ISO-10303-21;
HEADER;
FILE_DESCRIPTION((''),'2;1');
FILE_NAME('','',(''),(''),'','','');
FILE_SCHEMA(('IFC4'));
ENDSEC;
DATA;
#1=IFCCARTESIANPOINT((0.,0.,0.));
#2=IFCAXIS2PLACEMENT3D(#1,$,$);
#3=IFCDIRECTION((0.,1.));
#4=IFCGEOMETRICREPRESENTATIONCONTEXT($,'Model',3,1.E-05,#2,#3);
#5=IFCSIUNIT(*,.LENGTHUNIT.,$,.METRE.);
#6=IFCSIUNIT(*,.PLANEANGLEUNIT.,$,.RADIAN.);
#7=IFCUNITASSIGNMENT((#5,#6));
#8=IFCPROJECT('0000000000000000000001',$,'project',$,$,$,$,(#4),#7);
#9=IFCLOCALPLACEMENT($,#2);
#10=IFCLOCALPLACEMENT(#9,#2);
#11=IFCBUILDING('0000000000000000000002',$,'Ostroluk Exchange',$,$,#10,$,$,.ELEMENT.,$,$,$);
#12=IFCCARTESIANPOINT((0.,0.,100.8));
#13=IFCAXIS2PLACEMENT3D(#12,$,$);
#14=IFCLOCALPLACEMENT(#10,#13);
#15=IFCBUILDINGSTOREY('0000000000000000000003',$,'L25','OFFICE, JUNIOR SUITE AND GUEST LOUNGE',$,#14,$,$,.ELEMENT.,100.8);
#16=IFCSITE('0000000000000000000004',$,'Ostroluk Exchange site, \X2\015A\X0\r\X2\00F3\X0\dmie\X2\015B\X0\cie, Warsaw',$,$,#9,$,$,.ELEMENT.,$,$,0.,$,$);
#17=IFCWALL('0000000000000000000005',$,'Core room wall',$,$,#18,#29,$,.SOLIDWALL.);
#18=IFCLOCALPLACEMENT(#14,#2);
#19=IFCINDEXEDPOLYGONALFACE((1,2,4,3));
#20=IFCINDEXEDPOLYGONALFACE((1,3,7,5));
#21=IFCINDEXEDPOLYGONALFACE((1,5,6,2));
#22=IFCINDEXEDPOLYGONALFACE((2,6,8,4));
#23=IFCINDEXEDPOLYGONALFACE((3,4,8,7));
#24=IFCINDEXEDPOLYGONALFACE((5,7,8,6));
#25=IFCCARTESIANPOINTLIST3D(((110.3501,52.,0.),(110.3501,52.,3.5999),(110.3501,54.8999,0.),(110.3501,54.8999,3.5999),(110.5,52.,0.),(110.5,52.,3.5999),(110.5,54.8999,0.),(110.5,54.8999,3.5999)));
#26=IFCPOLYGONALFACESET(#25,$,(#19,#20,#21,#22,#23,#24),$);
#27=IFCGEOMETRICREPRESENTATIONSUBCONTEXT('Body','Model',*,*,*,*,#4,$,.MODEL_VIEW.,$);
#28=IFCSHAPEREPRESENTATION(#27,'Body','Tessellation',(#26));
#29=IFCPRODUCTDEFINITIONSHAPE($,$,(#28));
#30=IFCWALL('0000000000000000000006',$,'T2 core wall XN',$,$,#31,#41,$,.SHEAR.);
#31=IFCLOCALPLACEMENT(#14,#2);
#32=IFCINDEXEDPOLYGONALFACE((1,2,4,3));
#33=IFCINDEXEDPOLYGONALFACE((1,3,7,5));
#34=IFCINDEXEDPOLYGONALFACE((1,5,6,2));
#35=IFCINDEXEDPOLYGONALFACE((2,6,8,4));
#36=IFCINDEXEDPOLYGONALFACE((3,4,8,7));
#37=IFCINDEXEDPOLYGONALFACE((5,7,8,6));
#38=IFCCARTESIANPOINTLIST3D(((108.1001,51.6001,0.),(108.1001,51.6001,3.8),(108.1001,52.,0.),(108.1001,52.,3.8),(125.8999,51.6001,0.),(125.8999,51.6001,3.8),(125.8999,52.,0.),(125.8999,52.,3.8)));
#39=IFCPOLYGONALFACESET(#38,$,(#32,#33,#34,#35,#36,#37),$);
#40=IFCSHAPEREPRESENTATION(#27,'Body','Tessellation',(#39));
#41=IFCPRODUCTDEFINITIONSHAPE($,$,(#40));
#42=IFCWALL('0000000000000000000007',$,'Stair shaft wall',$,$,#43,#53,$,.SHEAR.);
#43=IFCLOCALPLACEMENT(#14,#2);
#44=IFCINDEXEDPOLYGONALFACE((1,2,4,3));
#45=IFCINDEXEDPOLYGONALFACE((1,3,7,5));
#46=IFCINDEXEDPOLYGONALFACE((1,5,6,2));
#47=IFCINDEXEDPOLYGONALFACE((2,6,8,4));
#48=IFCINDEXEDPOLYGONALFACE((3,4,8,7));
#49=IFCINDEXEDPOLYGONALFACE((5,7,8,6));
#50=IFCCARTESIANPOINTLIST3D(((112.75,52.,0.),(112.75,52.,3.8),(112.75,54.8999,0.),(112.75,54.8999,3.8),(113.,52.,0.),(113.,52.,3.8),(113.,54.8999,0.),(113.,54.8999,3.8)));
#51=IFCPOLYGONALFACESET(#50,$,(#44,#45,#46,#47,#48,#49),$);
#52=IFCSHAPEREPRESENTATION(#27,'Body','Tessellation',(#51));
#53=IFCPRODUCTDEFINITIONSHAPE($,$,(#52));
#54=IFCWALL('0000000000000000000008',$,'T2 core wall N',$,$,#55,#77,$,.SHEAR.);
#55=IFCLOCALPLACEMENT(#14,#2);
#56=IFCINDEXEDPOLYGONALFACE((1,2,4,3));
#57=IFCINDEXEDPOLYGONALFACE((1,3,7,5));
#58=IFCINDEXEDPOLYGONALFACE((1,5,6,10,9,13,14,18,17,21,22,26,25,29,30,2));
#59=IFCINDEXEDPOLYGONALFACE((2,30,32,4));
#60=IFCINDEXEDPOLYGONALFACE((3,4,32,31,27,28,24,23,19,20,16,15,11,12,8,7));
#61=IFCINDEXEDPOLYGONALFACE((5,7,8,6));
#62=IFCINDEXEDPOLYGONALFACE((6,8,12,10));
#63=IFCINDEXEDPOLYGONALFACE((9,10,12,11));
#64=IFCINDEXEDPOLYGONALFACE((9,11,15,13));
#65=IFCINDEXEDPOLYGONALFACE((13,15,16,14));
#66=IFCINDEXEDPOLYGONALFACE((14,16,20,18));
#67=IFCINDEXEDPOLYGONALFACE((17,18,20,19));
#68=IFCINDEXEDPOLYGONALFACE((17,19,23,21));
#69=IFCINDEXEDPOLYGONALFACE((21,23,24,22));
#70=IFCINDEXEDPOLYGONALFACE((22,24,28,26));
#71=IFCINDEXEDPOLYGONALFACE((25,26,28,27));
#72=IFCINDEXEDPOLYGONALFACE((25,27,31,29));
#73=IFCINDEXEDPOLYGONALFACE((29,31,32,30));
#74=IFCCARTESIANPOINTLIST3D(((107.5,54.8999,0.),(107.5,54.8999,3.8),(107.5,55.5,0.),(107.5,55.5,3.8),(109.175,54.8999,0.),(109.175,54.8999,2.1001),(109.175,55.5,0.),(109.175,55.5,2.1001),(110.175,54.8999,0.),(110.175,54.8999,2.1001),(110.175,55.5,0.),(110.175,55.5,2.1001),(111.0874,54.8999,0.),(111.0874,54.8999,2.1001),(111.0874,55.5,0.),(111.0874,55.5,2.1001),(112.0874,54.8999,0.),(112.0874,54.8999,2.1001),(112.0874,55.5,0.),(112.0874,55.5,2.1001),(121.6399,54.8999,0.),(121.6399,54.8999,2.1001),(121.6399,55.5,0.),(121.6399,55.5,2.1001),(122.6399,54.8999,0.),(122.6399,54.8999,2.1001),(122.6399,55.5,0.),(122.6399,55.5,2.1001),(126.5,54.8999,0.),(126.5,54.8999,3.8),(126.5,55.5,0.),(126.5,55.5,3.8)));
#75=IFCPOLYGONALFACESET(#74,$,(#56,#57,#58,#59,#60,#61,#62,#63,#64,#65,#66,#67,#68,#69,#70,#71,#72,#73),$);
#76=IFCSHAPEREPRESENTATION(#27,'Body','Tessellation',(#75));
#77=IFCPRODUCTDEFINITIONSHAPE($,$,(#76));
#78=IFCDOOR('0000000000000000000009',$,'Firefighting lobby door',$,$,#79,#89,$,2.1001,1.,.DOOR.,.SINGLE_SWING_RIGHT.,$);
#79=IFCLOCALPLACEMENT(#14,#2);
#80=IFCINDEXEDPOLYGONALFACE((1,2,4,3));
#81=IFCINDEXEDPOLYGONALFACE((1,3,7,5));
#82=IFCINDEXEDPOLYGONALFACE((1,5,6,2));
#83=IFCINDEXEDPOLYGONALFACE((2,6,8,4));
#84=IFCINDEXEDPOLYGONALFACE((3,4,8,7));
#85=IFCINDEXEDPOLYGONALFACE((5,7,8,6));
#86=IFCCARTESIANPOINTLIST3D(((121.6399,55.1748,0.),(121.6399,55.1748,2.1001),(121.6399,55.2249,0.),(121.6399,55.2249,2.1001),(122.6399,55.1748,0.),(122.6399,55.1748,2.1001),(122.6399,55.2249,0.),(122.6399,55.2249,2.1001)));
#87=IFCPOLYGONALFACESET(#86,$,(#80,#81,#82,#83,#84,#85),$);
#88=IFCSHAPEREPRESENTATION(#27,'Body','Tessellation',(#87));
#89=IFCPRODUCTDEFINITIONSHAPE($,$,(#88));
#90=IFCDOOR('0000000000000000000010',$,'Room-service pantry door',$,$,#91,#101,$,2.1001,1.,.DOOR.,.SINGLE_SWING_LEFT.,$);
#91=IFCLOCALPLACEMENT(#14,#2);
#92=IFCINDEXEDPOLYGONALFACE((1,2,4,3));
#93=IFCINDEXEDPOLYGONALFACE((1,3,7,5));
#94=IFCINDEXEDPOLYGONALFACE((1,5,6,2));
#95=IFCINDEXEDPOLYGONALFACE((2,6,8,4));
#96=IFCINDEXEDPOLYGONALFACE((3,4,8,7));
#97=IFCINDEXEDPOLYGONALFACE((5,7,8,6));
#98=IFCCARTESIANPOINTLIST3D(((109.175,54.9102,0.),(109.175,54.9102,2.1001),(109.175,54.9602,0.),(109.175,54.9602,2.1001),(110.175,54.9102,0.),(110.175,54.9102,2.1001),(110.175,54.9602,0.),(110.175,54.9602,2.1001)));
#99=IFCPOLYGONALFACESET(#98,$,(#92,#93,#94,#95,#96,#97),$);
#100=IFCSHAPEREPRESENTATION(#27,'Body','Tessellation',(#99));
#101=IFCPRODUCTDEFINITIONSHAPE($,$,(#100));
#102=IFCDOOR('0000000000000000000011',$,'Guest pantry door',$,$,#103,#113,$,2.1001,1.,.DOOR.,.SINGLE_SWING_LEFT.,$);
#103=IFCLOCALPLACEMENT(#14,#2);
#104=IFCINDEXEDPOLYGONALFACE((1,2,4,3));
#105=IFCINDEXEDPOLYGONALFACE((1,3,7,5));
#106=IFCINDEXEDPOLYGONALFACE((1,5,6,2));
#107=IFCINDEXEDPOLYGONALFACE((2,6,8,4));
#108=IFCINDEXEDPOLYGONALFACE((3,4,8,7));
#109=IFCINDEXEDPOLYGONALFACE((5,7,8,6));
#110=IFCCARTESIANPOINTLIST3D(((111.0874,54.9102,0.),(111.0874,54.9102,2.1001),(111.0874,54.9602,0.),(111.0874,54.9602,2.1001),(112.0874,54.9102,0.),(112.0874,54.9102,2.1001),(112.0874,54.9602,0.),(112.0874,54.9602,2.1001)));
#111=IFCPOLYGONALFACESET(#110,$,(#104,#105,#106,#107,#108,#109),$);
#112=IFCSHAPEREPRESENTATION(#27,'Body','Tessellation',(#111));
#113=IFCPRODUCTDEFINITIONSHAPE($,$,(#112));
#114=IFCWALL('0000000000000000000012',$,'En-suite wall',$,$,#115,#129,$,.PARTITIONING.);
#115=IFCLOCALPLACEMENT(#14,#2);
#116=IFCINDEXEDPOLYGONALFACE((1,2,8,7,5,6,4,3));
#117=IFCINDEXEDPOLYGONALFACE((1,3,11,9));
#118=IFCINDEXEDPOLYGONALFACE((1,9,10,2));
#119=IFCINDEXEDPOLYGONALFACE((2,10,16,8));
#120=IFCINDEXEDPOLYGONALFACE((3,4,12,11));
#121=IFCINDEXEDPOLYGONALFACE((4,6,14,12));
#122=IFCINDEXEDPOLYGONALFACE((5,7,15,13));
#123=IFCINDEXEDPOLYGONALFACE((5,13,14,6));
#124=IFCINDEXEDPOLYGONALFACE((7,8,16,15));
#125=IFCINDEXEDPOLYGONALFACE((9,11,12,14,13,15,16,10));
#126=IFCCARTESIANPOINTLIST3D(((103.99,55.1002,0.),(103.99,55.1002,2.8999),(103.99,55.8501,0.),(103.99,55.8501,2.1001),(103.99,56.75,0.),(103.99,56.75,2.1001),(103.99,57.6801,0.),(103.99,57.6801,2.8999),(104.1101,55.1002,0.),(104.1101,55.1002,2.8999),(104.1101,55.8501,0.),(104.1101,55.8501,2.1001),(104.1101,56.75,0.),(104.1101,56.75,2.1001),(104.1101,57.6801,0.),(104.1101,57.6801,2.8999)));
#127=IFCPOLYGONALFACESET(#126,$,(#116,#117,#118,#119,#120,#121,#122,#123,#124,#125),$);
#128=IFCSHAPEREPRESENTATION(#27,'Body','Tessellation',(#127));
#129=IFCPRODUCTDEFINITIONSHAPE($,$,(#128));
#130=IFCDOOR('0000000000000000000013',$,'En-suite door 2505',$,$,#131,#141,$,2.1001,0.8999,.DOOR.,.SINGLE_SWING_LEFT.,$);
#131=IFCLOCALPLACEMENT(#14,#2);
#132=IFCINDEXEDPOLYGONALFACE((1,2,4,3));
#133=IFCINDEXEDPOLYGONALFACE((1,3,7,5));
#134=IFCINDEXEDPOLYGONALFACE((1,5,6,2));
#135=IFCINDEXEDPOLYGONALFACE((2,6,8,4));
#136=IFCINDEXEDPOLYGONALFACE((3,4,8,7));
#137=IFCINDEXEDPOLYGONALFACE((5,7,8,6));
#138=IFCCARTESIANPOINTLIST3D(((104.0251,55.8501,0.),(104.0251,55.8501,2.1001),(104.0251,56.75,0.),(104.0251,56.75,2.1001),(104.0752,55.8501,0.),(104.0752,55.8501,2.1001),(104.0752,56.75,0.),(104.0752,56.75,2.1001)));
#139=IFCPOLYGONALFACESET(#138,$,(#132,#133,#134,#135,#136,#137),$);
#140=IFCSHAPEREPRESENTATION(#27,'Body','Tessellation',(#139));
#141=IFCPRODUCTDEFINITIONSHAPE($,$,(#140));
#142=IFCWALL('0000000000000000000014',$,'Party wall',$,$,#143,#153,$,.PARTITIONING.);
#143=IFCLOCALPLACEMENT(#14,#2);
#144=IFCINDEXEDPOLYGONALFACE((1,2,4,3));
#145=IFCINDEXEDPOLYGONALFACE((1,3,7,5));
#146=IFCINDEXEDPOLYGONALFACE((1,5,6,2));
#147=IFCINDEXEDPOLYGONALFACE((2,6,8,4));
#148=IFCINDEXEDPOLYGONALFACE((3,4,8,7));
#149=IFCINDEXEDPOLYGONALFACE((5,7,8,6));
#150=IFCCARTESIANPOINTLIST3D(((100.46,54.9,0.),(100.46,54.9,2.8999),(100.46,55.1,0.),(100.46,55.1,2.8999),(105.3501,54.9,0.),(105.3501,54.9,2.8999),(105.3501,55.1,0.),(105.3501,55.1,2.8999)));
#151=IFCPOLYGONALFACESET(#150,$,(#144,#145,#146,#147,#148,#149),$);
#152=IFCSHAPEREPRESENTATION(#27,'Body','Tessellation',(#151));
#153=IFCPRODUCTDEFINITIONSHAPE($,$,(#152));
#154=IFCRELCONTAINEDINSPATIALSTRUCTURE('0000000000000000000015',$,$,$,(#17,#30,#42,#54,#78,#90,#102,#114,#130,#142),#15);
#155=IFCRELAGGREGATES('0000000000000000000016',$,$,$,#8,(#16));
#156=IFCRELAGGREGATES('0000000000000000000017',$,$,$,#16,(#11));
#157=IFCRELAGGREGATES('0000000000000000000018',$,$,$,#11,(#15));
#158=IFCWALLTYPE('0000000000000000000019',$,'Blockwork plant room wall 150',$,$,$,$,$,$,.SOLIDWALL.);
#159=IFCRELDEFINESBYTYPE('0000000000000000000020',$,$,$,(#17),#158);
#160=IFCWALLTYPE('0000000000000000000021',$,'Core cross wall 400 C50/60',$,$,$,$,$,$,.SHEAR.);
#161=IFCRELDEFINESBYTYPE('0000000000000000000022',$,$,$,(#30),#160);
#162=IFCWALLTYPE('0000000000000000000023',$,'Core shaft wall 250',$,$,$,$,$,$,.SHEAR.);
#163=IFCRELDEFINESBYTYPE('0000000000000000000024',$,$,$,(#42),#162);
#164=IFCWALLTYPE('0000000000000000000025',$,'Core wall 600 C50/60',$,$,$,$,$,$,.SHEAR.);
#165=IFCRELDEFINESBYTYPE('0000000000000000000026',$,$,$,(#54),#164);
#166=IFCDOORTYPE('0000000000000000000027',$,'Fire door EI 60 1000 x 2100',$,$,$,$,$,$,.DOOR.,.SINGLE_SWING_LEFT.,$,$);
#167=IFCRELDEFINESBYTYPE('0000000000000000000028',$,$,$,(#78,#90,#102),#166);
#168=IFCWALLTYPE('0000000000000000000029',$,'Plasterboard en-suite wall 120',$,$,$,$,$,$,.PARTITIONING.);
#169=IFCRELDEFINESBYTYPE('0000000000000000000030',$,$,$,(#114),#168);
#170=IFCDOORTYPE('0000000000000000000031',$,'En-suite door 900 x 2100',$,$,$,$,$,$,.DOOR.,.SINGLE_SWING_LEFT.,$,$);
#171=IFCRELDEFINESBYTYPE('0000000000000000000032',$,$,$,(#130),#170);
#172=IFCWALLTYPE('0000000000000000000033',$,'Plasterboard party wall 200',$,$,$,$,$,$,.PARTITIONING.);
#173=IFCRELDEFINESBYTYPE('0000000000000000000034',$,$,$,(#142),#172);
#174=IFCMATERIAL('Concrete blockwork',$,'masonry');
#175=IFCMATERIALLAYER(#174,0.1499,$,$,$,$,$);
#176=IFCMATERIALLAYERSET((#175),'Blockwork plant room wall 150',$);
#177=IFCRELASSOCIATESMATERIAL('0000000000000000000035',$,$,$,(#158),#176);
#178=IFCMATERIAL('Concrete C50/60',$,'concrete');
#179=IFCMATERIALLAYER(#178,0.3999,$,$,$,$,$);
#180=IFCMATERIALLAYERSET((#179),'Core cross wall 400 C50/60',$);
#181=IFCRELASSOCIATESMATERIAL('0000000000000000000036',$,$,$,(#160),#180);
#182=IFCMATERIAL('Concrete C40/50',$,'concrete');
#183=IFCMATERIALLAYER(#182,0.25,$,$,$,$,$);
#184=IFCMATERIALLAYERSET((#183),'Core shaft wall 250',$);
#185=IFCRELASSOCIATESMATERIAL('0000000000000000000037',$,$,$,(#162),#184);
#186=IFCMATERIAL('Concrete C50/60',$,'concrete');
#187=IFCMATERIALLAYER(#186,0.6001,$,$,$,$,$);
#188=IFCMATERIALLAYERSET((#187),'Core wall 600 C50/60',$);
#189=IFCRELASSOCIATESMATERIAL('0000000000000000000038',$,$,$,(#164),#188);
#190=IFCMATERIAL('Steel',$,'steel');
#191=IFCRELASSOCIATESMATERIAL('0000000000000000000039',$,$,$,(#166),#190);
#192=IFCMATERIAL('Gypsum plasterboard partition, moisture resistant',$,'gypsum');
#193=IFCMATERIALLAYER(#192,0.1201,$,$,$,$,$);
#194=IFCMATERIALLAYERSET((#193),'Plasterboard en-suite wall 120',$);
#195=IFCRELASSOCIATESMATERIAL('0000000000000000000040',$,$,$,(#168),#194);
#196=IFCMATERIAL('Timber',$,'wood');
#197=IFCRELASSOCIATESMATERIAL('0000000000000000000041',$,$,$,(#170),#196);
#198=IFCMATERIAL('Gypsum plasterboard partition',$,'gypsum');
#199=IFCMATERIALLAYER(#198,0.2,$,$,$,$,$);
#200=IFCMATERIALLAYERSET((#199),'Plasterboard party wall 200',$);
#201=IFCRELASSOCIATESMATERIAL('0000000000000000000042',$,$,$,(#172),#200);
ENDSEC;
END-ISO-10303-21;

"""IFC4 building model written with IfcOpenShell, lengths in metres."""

from ifc_helpers import new_model, si_unit, direction, frame, frame_2d, origin, place, context, subcontext, project, spatial, rectangle, extrude, material, layer, layer_set, type_object, element, fill, save


model = new_model("IFC4")

# Units and contexts
model_context = context("Model", 3, precision=1e-05, world=origin(), true_north=direction((0.0, 1.0)))
body_context = subcontext(model_context, "Body", "Model", "MODEL_VIEW")
ifc_project = project(units=[si_unit("LENGTHUNIT", "METRE"), si_unit("PLANEANGLEUNIT", "RADIAN")], contexts=[model_context])

# Site, building, storey
site_placement = place(None, origin())
site = spatial("IfcSite", under=ifc_project, at=site_placement, Name="Ostroluk Exchange site, Śródmieście, Warsaw", CompositionType="ELEMENT", RefElevation=0.0)
building_placement = place(site_placement, origin())
building = spatial("IfcBuilding", under=site, at=building_placement, Name="Ostroluk Exchange", CompositionType="ELEMENT")
storey_placement = place(building_placement, frame((0.0, 0.0, 100.8)))
storey = spatial("IfcBuildingStorey", under=building, at=storey_placement, Name="L25", Description="OFFICE, JUNIOR SUITE AND GUEST LOUNGE", CompositionType="ELEMENT", Elevation=100.8)

# Walls
ifc_material_1 = material(Name="Concrete blockwork", Category="masonry")
ifc_layer_1 = layer(ifc_material_1, 0.1499)
ifc_layer_set_1 = layer_set([ifc_layer_1], Name="Blockwork plant room wall 150")
wall_type_1 = type_object("IfcWallType", Name="Blockwork plant room wall 150", PredefinedType="SOLIDWALL", material=ifc_layer_set_1)
wall_1_placement = place(storey_placement, frame((110.425, 52.0, 0.0), z_axis=(0.0, 0.0, 1.0), x_axis=(0.0, 1.0, 0.0)))
element("IfcWall", 1, at=wall_1_placement, inside=storey, type_object=wall_type_1, Name="Core room wall", PredefinedType="SOLIDWALL", context=body_context, shape_type="SweptSolid", body=[
    extrude(rectangle(XDim=2.8999, YDim=0.1499, at=frame_2d((1.45, 0.0))), origin(), (0.0, 0.0, 1.0), 3.5999),
])
ifc_material_2 = material(Name="Concrete C50/60", Category="concrete")
ifc_layer_2 = layer(ifc_material_2, 0.3999)
ifc_layer_set_2 = layer_set([ifc_layer_2], Name="Core cross wall 400 C50/60")
wall_type_2 = type_object("IfcWallType", Name="Core cross wall 400 C50/60", PredefinedType="SHEAR", material=ifc_layer_set_2)
wall_2_placement = place(storey_placement, frame((108.1001, 51.8, 0.0), z_axis=(0.0, 0.0, 1.0), x_axis=(1.0, 0.0, 0.0)))
element("IfcWall", 2, at=wall_2_placement, inside=storey, type_object=wall_type_2, Name="T2 core wall XN", PredefinedType="SHEAR", context=body_context, shape_type="SweptSolid", body=[
    extrude(rectangle(XDim=17.7998, YDim=0.3999, at=frame_2d((8.8999, 0.0))), origin(), (0.0, 0.0, 1.0), 3.8),
])
ifc_material_3 = material(Name="Concrete C40/50", Category="concrete")
ifc_layer_3 = layer(ifc_material_3, 0.25)
ifc_layer_set_3 = layer_set([ifc_layer_3], Name="Core shaft wall 250")
wall_type_3 = type_object("IfcWallType", Name="Core shaft wall 250", PredefinedType="SHEAR", material=ifc_layer_set_3)
wall_3_placement = place(storey_placement, frame((112.875, 52.0, 0.0), z_axis=(0.0, 0.0, 1.0), x_axis=(0.0, 1.0, 0.0)))
element("IfcWall", 3, at=wall_3_placement, inside=storey, type_object=wall_type_3, Name="Stair shaft wall", PredefinedType="SHEAR", context=body_context, shape_type="SweptSolid", body=[
    extrude(rectangle(XDim=2.8999, YDim=0.25, at=frame_2d((1.45, 0.0))), origin(), (0.0, 0.0, 1.0), 3.8),
])

# Wall, openings, doors
ifc_material_4 = material(Name="Concrete C50/60", Category="concrete")
ifc_layer_4 = layer(ifc_material_4, 0.6001)
ifc_layer_set_4 = layer_set([ifc_layer_4], Name="Core wall 600 C50/60")
wall_type_4 = type_object("IfcWallType", Name="Core wall 600 C50/60", PredefinedType="SHEAR", material=ifc_layer_set_4)
wall_4_placement = place(storey_placement, frame((107.5, 55.2, 0.0), z_axis=(0.0, 0.0, 1.0), x_axis=(1.0, 0.0, 0.0)))
wall_4 = element("IfcWall", 4, at=wall_4_placement, inside=storey, type_object=wall_type_4, Name="T2 core wall N", PredefinedType="SHEAR", context=body_context, shape_type="SweptSolid", body=[
    extrude(rectangle(XDim=19.0, YDim=0.6001, at=frame_2d((9.5, 0.0))), origin(), (0.0, 0.0, 1.0), 3.8),
])
opening_1_placement = place(wall_4_placement, frame((14.1399, 0.0, 0.0)))
opening_1 = element("IfcOpeningElement", 5, at=opening_1_placement, cuts=wall_4, PredefinedType="OPENING", context=body_context, shape_type="SweptSolid", body=[
    extrude(rectangle(XDim=1.0, YDim=2.1001, at=frame_2d((0.5, 1.05))), frame((0.0, 0.3101, 0.0), z_axis=(0.0, -1.0, 0.0), x_axis=(1.0, 0.0, 0.0)), (0.0, 0.0, 1.0), 0.6201),
])
opening_2_placement = place(wall_4_placement, frame((1.675, 0.0, 0.0)))
opening_2 = element("IfcOpeningElement", 6, at=opening_2_placement, cuts=wall_4, PredefinedType="OPENING", context=body_context, shape_type="SweptSolid", body=[
    extrude(rectangle(XDim=1.0, YDim=2.1001, at=frame_2d((0.5, 1.05))), frame((0.0, 0.3101, 0.0), z_axis=(0.0, -1.0, 0.0), x_axis=(1.0, 0.0, 0.0)), (0.0, 0.0, 1.0), 0.6201),
])
opening_3_placement = place(wall_4_placement, frame((3.5874, 0.0, 0.0)))
opening_3 = element("IfcOpeningElement", 7, at=opening_3_placement, cuts=wall_4, PredefinedType="OPENING", context=body_context, shape_type="SweptSolid", body=[
    extrude(rectangle(XDim=1.0, YDim=2.1001, at=frame_2d((0.5, 1.05))), frame((0.0, 0.3101, 0.0), z_axis=(0.0, -1.0, 0.0), x_axis=(1.0, 0.0, 0.0)), (0.0, 0.0, 1.0), 0.6201),
])
ifc_material_5 = material(Name="Steel", Category="steel")
door_type_1 = type_object("IfcDoorType", Name="Fire door EI 60 1000 x 2100", OperationType="SINGLE_SWING_LEFT", PredefinedType="DOOR", material=ifc_material_5)
door_1_placement = place(opening_1_placement, origin())
door_1 = element("IfcDoor", 8, at=door_1_placement, inside=storey, type_object=door_type_1, Name="Firefighting lobby door", OperationType="SINGLE_SWING_RIGHT", OverallHeight=2.1001, OverallWidth=1.0, PredefinedType="DOOR", context=body_context, shape_type="SweptSolid", body=[
    extrude(rectangle(XDim=1.0, YDim=2.1001, at=frame_2d((0.5, 1.05))), frame((0.0, 0.0249, 0.0), z_axis=(0.0, -1.0, 0.0), x_axis=(1.0, 0.0, 0.0)), (0.0, 0.0, 1.0), 0.05),
])
fill(opening_1, door_1)
door_2_placement = place(opening_2_placement, origin())
door_2 = element("IfcDoor", 9, at=door_2_placement, inside=storey, type_object=door_type_1, Name="Room-service pantry door", OperationType="SINGLE_SWING_LEFT", OverallHeight=2.1001, OverallWidth=1.0, PredefinedType="DOOR", context=body_context, shape_type="SweptSolid", body=[
    extrude(rectangle(XDim=1.0, YDim=2.1001, at=frame_2d((0.5, 1.05))), frame((0.0, -0.2397, 0.0), z_axis=(0.0, -1.0, 0.0), x_axis=(1.0, 0.0, 0.0)), (0.0, 0.0, 1.0), 0.05),
])
fill(opening_2, door_2)
door_3_placement = place(opening_3_placement, origin())
door_3 = element("IfcDoor", 10, at=door_3_placement, inside=storey, type_object=door_type_1, Name="Guest pantry door", OperationType="SINGLE_SWING_LEFT", OverallHeight=2.1001, OverallWidth=1.0, PredefinedType="DOOR", context=body_context, shape_type="SweptSolid", body=[
    extrude(rectangle(XDim=1.0, YDim=2.1001, at=frame_2d((0.5, 1.05))), frame((0.0, -0.2397, 0.0), z_axis=(0.0, -1.0, 0.0), x_axis=(1.0, 0.0, 0.0)), (0.0, 0.0, 1.0), 0.05),
])
fill(opening_3, door_3)

# Wall, opening, door
ifc_material_6 = material(Name="Gypsum plasterboard partition, moisture resistant", Category="gypsum")
ifc_layer_5 = layer(ifc_material_6, 0.1201)
ifc_layer_set_5 = layer_set([ifc_layer_5], Name="Plasterboard en-suite wall 120")
wall_type_5 = type_object("IfcWallType", Name="Plasterboard en-suite wall 120", PredefinedType="PARTITIONING", material=ifc_layer_set_5)
wall_5_placement = place(storey_placement, frame((104.05, 55.1001, 0.0), z_axis=(0.0, 0.0, 1.0), x_axis=(0.0, 1.0, 0.0)))
wall_5 = element("IfcWall", 11, at=wall_5_placement, inside=storey, type_object=wall_type_5, Name="En-suite wall", PredefinedType="PARTITIONING", context=body_context, shape_type="SweptSolid", body=[
    extrude(rectangle(XDim=2.5798, YDim=0.1201, at=frame_2d((1.29, 0.0))), origin(), (0.0, 0.0, 1.0), 2.8999),
])
opening_4_placement = place(wall_5_placement, frame((0.75, 0.0, 0.0)))
opening_4 = element("IfcOpeningElement", 12, at=opening_4_placement, cuts=wall_5, PredefinedType="OPENING", context=body_context, shape_type="SweptSolid", body=[
    extrude(rectangle(XDim=0.8999, YDim=2.1001, at=frame_2d((0.45, 1.05))), frame((0.0, 0.0701, 0.0), z_axis=(0.0, -1.0, 0.0), x_axis=(1.0, 0.0, 0.0)), (0.0, 0.0, 1.0), 0.1401),
])
ifc_material_7 = material(Name="Timber", Category="wood")
door_type_2 = type_object("IfcDoorType", Name="En-suite door 900 x 2100", OperationType="SINGLE_SWING_LEFT", PredefinedType="DOOR", material=ifc_material_7)
door_4_placement = place(opening_4_placement, origin())
door_4 = element("IfcDoor", 13, at=door_4_placement, inside=storey, type_object=door_type_2, Name="En-suite door 2505", OperationType="SINGLE_SWING_LEFT", OverallHeight=2.1001, OverallWidth=0.8999, PredefinedType="DOOR", context=body_context, shape_type="SweptSolid", body=[
    extrude(rectangle(XDim=0.8999, YDim=2.1001, at=frame_2d((0.45, 1.05))), frame((0.0, 0.0249, 0.0), z_axis=(0.0, -1.0, 0.0), x_axis=(1.0, 0.0, 0.0)), (0.0, 0.0, 1.0), 0.05),
])
fill(opening_4, door_4)

# Wall
ifc_material_8 = material(Name="Gypsum plasterboard partition", Category="gypsum")
ifc_layer_6 = layer(ifc_material_8, 0.2)
ifc_layer_set_6 = layer_set([ifc_layer_6], Name="Plasterboard party wall 200")
wall_type_6 = type_object("IfcWallType", Name="Plasterboard party wall 200", PredefinedType="PARTITIONING", material=ifc_layer_set_6)
wall_6_placement = place(storey_placement, frame((105.3501, 55.0, 0.0), z_axis=(0.0, 0.0, 1.0), x_axis=(-1.0, 0.0, 0.0)))
element("IfcWall", 14, at=wall_6_placement, inside=storey, type_object=wall_type_6, Name="Party wall", PredefinedType="PARTITIONING", context=body_context, shape_type="SweptSolid", body=[
    extrude(rectangle(XDim=4.8901, YDim=0.2, at=frame_2d((2.4451, 0.0))), origin(), (0.0, 0.0, 1.0), 2.8999),
])

save(model, "model.ifc")
